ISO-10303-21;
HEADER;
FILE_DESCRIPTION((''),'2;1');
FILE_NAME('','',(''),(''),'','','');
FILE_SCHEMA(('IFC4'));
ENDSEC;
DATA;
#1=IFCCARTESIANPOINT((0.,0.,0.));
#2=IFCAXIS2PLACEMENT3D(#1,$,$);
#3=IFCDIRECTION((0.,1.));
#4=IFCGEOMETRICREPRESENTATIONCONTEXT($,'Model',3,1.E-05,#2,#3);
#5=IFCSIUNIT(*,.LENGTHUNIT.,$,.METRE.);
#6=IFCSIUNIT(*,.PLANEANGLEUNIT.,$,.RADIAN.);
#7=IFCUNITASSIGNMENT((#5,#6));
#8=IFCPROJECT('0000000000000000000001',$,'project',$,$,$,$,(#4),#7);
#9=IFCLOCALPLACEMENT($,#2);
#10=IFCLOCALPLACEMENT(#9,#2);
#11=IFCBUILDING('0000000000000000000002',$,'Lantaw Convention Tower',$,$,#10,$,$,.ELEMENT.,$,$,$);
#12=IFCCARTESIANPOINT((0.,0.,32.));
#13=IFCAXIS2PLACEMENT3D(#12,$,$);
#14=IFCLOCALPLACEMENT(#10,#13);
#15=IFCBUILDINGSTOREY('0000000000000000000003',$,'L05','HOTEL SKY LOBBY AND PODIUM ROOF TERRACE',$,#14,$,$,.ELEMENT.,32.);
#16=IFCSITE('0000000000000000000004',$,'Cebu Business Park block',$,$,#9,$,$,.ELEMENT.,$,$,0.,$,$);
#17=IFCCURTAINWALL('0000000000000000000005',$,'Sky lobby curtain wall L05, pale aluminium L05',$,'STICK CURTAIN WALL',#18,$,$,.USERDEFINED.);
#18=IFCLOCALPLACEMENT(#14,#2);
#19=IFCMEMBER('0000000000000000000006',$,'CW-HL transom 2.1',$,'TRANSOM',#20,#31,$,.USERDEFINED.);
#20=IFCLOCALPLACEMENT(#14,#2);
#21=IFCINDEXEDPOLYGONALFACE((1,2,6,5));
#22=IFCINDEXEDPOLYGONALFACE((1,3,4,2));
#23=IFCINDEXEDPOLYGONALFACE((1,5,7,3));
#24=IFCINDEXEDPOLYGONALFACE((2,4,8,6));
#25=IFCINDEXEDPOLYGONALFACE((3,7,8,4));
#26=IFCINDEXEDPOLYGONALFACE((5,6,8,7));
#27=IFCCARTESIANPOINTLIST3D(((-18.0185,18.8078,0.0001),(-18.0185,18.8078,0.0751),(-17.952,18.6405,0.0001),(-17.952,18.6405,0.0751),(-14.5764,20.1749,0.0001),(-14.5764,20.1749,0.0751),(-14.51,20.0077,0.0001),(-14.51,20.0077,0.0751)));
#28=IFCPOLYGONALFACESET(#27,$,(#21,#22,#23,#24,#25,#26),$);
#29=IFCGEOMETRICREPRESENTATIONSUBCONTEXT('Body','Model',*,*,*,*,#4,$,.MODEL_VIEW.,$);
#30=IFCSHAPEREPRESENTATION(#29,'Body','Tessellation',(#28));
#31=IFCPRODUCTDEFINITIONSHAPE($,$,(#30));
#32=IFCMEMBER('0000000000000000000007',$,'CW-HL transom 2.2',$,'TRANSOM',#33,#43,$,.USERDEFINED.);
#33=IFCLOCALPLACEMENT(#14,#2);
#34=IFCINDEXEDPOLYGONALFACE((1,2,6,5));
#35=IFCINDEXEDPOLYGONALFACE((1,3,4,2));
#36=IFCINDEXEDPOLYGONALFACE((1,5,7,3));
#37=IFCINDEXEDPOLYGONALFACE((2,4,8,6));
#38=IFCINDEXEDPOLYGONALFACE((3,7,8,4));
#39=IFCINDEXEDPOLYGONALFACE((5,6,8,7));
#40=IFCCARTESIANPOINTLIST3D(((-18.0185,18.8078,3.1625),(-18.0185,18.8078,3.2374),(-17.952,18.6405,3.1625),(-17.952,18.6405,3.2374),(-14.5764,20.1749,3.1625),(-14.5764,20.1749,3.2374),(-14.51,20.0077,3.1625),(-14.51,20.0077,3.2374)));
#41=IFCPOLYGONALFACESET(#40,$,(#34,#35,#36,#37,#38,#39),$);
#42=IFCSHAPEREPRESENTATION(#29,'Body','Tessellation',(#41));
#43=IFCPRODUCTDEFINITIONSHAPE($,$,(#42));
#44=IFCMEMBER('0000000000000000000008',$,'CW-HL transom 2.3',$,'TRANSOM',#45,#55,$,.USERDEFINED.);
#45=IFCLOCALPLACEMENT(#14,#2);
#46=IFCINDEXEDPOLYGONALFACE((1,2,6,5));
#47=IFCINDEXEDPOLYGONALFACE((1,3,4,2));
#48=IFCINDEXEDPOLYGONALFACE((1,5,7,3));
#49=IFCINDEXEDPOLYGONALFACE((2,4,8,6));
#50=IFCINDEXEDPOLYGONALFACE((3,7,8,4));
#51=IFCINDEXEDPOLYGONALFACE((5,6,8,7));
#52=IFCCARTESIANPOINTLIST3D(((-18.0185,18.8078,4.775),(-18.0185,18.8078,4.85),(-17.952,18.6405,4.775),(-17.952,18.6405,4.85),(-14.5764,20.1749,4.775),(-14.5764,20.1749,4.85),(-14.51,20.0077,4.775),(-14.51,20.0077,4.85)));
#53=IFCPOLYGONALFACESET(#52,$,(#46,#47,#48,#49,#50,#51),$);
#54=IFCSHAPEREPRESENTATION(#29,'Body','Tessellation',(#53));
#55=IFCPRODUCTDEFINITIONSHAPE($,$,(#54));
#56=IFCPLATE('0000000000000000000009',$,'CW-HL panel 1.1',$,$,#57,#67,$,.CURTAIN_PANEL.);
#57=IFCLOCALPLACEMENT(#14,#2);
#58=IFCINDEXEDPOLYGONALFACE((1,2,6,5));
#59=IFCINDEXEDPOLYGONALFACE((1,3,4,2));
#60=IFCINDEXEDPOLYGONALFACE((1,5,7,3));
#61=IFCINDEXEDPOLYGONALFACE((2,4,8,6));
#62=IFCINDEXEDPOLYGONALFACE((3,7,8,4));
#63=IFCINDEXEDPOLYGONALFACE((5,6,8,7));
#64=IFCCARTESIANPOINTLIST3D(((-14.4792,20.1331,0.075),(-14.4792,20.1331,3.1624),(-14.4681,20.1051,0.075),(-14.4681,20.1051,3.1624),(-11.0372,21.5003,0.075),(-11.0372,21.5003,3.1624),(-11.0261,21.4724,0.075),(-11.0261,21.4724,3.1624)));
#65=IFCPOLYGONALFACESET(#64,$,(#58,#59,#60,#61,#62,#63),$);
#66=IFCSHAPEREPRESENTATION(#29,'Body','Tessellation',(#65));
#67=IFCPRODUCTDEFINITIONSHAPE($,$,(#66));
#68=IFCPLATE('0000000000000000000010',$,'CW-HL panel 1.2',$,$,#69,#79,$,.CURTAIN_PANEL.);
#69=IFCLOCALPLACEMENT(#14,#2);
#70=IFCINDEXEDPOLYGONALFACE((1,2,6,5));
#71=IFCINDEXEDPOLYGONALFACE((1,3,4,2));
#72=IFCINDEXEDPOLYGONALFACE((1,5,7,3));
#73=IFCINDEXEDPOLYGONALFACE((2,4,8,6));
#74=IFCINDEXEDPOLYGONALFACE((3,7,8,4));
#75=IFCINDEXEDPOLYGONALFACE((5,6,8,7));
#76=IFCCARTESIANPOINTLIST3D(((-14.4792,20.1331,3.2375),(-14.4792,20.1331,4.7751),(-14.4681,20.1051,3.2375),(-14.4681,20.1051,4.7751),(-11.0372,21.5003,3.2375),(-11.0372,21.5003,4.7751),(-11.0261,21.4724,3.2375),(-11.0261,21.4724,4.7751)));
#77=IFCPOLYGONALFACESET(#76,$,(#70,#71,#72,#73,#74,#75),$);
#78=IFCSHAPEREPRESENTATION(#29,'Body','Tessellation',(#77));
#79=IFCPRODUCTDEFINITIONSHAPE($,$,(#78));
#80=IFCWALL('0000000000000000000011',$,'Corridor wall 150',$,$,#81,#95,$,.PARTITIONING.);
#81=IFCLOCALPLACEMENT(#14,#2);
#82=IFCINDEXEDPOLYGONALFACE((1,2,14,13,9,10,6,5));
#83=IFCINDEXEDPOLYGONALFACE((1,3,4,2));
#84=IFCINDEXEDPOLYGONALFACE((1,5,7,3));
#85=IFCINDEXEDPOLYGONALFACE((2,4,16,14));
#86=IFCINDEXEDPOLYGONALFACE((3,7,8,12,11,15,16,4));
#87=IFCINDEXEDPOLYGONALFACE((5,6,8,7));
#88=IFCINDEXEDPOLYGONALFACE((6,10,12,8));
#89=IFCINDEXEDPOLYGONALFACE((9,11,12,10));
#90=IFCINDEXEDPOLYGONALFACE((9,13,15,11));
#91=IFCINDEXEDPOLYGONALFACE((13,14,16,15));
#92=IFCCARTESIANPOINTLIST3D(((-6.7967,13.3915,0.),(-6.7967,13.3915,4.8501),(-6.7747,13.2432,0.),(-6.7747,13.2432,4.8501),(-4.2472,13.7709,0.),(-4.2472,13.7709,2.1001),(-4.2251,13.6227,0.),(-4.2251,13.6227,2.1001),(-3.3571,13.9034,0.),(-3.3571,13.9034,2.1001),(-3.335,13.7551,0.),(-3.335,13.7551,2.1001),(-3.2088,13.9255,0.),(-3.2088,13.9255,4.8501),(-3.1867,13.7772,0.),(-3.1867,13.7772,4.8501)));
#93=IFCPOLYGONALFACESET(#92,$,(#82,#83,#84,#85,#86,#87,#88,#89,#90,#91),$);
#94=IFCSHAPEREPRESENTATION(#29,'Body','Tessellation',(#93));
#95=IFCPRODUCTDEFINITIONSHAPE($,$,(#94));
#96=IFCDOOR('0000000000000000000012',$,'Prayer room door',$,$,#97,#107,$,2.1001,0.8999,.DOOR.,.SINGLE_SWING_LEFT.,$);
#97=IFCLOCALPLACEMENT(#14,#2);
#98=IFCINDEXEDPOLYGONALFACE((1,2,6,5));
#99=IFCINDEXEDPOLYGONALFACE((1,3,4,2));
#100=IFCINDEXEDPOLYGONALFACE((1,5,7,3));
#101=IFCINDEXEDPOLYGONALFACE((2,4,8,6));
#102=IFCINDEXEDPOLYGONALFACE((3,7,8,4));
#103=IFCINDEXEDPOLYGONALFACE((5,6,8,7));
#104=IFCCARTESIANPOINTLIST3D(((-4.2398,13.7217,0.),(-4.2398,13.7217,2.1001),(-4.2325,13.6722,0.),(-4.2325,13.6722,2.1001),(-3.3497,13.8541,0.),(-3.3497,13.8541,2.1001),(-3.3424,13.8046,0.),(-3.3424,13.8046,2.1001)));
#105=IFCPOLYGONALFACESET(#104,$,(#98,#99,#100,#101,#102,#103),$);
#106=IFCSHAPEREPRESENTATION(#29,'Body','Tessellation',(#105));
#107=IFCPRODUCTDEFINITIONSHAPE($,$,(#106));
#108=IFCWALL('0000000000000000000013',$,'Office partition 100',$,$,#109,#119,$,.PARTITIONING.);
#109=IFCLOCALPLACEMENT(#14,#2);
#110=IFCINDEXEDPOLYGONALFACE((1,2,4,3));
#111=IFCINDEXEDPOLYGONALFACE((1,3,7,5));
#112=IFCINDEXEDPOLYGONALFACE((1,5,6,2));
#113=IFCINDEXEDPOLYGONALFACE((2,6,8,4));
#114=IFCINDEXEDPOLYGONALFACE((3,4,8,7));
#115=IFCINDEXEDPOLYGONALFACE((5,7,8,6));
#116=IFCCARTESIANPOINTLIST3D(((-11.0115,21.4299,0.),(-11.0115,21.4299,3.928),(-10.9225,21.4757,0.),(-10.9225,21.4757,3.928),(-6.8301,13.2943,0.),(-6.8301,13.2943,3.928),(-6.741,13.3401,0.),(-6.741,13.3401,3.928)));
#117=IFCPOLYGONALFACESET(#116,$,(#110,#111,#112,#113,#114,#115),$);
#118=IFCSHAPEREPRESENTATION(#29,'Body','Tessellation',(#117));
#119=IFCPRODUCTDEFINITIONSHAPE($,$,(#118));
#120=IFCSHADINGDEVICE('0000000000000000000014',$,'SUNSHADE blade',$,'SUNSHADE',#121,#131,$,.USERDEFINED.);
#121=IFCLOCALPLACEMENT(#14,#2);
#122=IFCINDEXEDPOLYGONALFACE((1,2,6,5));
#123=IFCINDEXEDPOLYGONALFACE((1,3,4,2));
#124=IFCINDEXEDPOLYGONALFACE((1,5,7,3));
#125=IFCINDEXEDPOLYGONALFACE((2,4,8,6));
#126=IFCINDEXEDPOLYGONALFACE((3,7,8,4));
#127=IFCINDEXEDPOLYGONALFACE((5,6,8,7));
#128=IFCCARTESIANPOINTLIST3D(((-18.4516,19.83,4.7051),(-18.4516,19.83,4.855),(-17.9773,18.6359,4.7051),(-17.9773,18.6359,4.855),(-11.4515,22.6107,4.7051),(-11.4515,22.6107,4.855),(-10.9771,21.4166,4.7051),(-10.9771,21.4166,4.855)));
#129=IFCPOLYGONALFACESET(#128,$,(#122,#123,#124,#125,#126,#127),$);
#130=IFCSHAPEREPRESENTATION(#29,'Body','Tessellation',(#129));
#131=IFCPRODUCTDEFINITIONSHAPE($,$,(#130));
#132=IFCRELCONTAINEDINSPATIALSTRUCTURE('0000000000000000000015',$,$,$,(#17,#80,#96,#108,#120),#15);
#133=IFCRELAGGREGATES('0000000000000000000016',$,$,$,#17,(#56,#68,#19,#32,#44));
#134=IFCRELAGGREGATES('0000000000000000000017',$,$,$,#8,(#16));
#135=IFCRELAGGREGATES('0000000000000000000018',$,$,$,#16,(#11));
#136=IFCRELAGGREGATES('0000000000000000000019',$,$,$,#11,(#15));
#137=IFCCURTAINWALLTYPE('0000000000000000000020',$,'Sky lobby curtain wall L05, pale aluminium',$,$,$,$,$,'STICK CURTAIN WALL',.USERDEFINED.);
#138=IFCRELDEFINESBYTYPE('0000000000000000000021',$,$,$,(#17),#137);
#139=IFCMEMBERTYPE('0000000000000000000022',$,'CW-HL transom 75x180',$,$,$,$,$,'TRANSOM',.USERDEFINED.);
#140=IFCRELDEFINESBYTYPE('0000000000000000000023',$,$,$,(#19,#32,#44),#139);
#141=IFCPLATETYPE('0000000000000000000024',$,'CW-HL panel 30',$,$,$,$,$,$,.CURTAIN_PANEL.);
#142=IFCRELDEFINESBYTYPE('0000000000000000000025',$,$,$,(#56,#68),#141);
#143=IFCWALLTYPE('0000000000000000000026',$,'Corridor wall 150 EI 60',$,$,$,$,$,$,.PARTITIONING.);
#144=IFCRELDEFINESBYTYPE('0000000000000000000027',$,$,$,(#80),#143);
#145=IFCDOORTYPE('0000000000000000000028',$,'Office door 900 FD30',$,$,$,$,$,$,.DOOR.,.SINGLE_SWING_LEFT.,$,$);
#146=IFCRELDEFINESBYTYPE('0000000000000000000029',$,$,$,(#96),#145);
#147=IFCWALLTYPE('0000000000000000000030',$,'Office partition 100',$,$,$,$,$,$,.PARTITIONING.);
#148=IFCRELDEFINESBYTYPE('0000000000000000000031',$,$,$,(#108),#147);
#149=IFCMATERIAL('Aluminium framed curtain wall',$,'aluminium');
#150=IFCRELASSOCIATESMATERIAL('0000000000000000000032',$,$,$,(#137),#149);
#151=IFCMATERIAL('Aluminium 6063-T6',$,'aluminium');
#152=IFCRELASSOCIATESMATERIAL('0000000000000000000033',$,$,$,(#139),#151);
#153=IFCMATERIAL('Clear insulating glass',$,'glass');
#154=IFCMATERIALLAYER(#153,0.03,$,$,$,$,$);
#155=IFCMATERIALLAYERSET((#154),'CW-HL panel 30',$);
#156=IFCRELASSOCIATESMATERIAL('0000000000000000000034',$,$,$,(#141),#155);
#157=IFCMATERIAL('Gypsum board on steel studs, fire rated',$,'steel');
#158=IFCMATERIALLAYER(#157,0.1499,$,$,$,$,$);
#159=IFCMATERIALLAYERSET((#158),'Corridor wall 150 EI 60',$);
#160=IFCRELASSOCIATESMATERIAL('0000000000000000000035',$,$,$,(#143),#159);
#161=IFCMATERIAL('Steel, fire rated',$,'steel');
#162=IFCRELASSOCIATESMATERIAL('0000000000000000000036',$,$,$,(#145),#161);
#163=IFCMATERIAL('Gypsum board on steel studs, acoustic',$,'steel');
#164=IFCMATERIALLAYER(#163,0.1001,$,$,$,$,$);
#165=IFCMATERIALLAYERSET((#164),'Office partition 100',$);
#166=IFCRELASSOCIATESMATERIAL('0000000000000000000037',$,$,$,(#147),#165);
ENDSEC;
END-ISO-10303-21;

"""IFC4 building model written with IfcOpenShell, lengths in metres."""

from ifc_helpers import new_model, si_unit, direction, frame, frame_2d, origin, origin_2d, place, context, subcontext, project, spatial, rectangle, extrude, material, layer, layer_set, material_profile, profile_set, type_object, element, fill, aggregate, save


model = new_model("IFC4")

# Units and contexts
model_context = context("Model", 3, precision=1e-05, world=origin(), true_north=direction((0.0, 1.0)))
body_context = subcontext(model_context, "Body", "Model", "MODEL_VIEW")
ifc_project = project(units=[si_unit("LENGTHUNIT", "METRE"), si_unit("PLANEANGLEUNIT", "RADIAN")], contexts=[model_context])

# Site, building, storey
site_placement = place(None, origin())
site = spatial("IfcSite", under=ifc_project, at=site_placement, Name="Cebu Business Park block", CompositionType="ELEMENT", RefElevation=0.0)
building_placement = place(site_placement, origin())
building = spatial("IfcBuilding", under=site, at=building_placement, Name="Lantaw Convention Tower", CompositionType="ELEMENT")
storey_placement = place(building_placement, frame((0.0, 0.0, 32.0)))
storey = spatial("IfcBuildingStorey", under=building, at=storey_placement, Name="L05", Description="HOTEL SKY LOBBY AND PODIUM ROOF TERRACE", CompositionType="ELEMENT", Elevation=32.0)

# Curtain wall, members, plates
ifc_material_1 = material(Name="Aluminium framed curtain wall", Category="aluminium")
curtain_wall_type = type_object("IfcCurtainWallType", Name="Sky lobby curtain wall L05, pale aluminium", ElementType="STICK CURTAIN WALL", PredefinedType="USERDEFINED", material=ifc_material_1)
curtain_wall_placement = place(storey_placement, origin())
curtain_wall = element("IfcCurtainWall", 1, at=curtain_wall_placement, inside=storey, type_object=curtain_wall_type, Name="Sky lobby curtain wall L05, pale aluminium L05", ObjectType="STICK CURTAIN WALL", PredefinedType="USERDEFINED")
ifc_material_2 = material(Name="Aluminium 6063-T6", Category="aluminium")
ifc_material_profile_1 = material_profile(ifc_material_2, rectangle(XDim=0.1799, YDim=0.075, at=origin_2d()), Name="CW-HL transom 75x180")
ifc_profile_set_1 = profile_set([ifc_material_profile_1], Name="Aluminium 6063-T6")
member_type_1 = type_object("IfcMemberType", Name="CW-HL transom 75x180", ElementType="TRANSOM", PredefinedType="USERDEFINED", material=ifc_profile_set_1)
member_1_placement = place(storey_placement, frame((-14.5432, 20.0913, 0.0376), z_axis=(-0.929374, -0.369139, 0.0), x_axis=(0.369139, -0.929374, 0.0)))
member_1 = element("IfcMember", 2, at=member_1_placement, type_object=member_type_1, Name="CW-HL transom 2.1", ObjectType="TRANSOM", PredefinedType="USERDEFINED", context=body_context, shape_type="SweptSolid", body=[
    extrude(rectangle(XDim=0.1799, YDim=0.075, at=origin_2d()), origin(), (0.0, 0.0, 1.0), 3.7036),
])
member_2_placement = place(storey_placement, frame((-14.5432, 20.0913, 3.2), z_axis=(-0.929374, -0.369139, 0.0), x_axis=(0.369139, -0.929374, 0.0)))
member_2 = element("IfcMember", 3, at=member_2_placement, type_object=member_type_1, Name="CW-HL transom 2.2", ObjectType="TRANSOM", PredefinedType="USERDEFINED", context=body_context, shape_type="SweptSolid", body=[
    extrude(rectangle(XDim=0.1799, YDim=0.075, at=origin_2d()), origin(), (0.0, 0.0, 1.0), 3.7036),
])
member_3_placement = place(storey_placement, frame((-14.5432, 20.0913, 4.8125), z_axis=(-0.929374, -0.369139, 0.0), x_axis=(0.369139, -0.929374, 0.0)))
member_3 = element("IfcMember", 4, at=member_3_placement, type_object=member_type_1, Name="CW-HL transom 2.3", ObjectType="TRANSOM", PredefinedType="USERDEFINED", context=body_context, shape_type="SweptSolid", body=[
    extrude(rectangle(XDim=0.1799, YDim=0.075, at=origin_2d()), origin(), (0.0, 0.0, 1.0), 3.7036),
])
ifc_material_3 = material(Name="Clear insulating glass", Category="glass")
ifc_layer_1 = layer(ifc_material_3, 0.03)
ifc_layer_set_1 = layer_set([ifc_layer_1], Name="CW-HL panel 30")
plate_type = type_object("IfcPlateType", Name="CW-HL panel 30", PredefinedType="CURTAIN_PANEL", material=ifc_layer_set_1)
plate_1_placement = place(storey_placement, frame((-12.7527, 20.8027, 0.075), z_axis=(0.0, 0.0, 1.0), x_axis=(-0.929361, -0.369172, 0.0)))
plate_1 = element("IfcPlate", 5, at=plate_1_placement, type_object=plate_type, Name="CW-HL panel 1.1", PredefinedType="CURTAIN_PANEL", context=body_context, shape_type="SweptSolid", body=[
    extrude(rectangle(XDim=3.7036, YDim=0.03, at=origin_2d()), origin(), (0.0, 0.0, 1.0), 3.0874),
])
plate_2_placement = place(storey_placement, frame((-12.7527, 20.8027, 3.2375), z_axis=(0.0, 0.0, 1.0), x_axis=(-0.929361, -0.369172, 0.0)))
plate_2 = element("IfcPlate", 6, at=plate_2_placement, type_object=plate_type, Name="CW-HL panel 1.2", PredefinedType="CURTAIN_PANEL", context=body_context, shape_type="SweptSolid", body=[
    extrude(rectangle(XDim=3.7036, YDim=0.03, at=origin_2d()), origin(), (0.0, 0.0, 1.0), 1.5376),
])
aggregate(curtain_wall, [plate_1, plate_2, member_1, member_2, member_3])

# Wall, opening, door
ifc_material_4 = material(Name="Gypsum board on steel studs, fire rated", Category="steel")
ifc_layer_2 = layer(ifc_material_4, 0.1499)
ifc_layer_set_2 = layer_set([ifc_layer_2], Name="Corridor wall 150 EI 60")
wall_type_1 = type_object("IfcWallType", Name="Corridor wall 150 EI 60", PredefinedType="PARTITIONING", material=ifc_layer_set_2)
wall_1_placement = place(storey_placement, frame((-3.1978, 13.8513, 0.0), z_axis=(0.0, 0.0, 1.0), x_axis=(-0.989107, -0.147195, 0.0)))
wall_1 = element("IfcWall", 7, at=wall_1_placement, inside=storey, type_object=wall_type_1, Name="Corridor wall 150", PredefinedType="PARTITIONING", context=body_context, shape_type="SweptSolid", body=[
    extrude(rectangle(XDim=3.6274, YDim=0.1499, at=frame_2d((1.8137, 0.0))), origin(), (0.0, 0.0, 1.0), 4.8501),
])
opening_placement = place(wall_1_placement, frame((0.1499, 0.0, 0.0)))
opening = element("IfcOpeningElement", 8, at=opening_placement, cuts=wall_1, PredefinedType="OPENING", context=body_context, shape_type="SweptSolid", body=[
    extrude(rectangle(XDim=0.8999, YDim=2.1001, at=frame_2d((0.45, 1.05))), frame((0.0, 0.085, 0.0), z_axis=(0.0, -1.0, 0.0), x_axis=(1.0, 0.0, 0.0)), (0.0, 0.0, 1.0), 0.1699),
])
ifc_material_5 = material(Name="Steel, fire rated", Category="steel")
door_type = type_object("IfcDoorType", Name="Office door 900 FD30", OperationType="SINGLE_SWING_LEFT", PredefinedType="DOOR", material=ifc_material_5)
door_placement = place(opening_placement, origin())
door = element("IfcDoor", 9, at=door_placement, inside=storey, type_object=door_type, Name="Prayer room door", OperationType="SINGLE_SWING_LEFT", OverallHeight=2.1001, OverallWidth=0.8999, PredefinedType="DOOR", context=body_context, shape_type="SweptSolid", body=[
    extrude(rectangle(XDim=0.8999, YDim=2.1001, at=frame_2d((0.45, 1.05))), frame((0.0, 0.0249, 0.0), z_axis=(0.0, -1.0, 0.0), x_axis=(1.0, 0.0, 0.0)), (0.0, 0.0, 1.0), 0.05),
])
fill(opening, door)

# Wall
ifc_material_6 = material(Name="Gypsum board on steel studs, acoustic", Category="steel")
ifc_layer_3 = layer(ifc_material_6, 0.1001)
ifc_layer_set_3 = layer_set([ifc_layer_3], Name="Office partition 100")
wall_type_2 = type_object("IfcWallType", Name="Office partition 100", PredefinedType="PARTITIONING", material=ifc_layer_set_3)
wall_2_placement = place(storey_placement, frame((-10.967, 21.4529, 0.0), z_axis=(0.0, 0.0, 1.0), x_axis=(0.457125, -0.889402, 0.0)))
element("IfcWall", 10, at=wall_2_placement, inside=storey, type_object=wall_type_2, Name="Office partition 100", PredefinedType="PARTITIONING", context=body_context, shape_type="SweptSolid", body=[
    extrude(rectangle(XDim=9.1472, YDim=0.1001, at=frame_2d((4.5737, 0.0))), origin(), (0.0, 0.0, 1.0), 3.928),
])

# Shading device
shading_device_placement = place(storey_placement, frame((-14.7144, 20.6233, 4.7051), z_axis=(0.0, 0.0, 1.0), x_axis=(-0.929361, -0.369172, 0.0)))
element("IfcShadingDevice", 11, at=shading_device_placement, inside=storey, Name="SUNSHADE blade", ObjectType="SUNSHADE", PredefinedType="USERDEFINED", context=body_context, shape_type="SweptSolid", body=[
    extrude(rectangle(XDim=7.5322, YDim=1.2849, at=origin_2d()), origin(), (0.0, 0.0, 1.0), 0.1499),
])

save(model, "model.ifc")
